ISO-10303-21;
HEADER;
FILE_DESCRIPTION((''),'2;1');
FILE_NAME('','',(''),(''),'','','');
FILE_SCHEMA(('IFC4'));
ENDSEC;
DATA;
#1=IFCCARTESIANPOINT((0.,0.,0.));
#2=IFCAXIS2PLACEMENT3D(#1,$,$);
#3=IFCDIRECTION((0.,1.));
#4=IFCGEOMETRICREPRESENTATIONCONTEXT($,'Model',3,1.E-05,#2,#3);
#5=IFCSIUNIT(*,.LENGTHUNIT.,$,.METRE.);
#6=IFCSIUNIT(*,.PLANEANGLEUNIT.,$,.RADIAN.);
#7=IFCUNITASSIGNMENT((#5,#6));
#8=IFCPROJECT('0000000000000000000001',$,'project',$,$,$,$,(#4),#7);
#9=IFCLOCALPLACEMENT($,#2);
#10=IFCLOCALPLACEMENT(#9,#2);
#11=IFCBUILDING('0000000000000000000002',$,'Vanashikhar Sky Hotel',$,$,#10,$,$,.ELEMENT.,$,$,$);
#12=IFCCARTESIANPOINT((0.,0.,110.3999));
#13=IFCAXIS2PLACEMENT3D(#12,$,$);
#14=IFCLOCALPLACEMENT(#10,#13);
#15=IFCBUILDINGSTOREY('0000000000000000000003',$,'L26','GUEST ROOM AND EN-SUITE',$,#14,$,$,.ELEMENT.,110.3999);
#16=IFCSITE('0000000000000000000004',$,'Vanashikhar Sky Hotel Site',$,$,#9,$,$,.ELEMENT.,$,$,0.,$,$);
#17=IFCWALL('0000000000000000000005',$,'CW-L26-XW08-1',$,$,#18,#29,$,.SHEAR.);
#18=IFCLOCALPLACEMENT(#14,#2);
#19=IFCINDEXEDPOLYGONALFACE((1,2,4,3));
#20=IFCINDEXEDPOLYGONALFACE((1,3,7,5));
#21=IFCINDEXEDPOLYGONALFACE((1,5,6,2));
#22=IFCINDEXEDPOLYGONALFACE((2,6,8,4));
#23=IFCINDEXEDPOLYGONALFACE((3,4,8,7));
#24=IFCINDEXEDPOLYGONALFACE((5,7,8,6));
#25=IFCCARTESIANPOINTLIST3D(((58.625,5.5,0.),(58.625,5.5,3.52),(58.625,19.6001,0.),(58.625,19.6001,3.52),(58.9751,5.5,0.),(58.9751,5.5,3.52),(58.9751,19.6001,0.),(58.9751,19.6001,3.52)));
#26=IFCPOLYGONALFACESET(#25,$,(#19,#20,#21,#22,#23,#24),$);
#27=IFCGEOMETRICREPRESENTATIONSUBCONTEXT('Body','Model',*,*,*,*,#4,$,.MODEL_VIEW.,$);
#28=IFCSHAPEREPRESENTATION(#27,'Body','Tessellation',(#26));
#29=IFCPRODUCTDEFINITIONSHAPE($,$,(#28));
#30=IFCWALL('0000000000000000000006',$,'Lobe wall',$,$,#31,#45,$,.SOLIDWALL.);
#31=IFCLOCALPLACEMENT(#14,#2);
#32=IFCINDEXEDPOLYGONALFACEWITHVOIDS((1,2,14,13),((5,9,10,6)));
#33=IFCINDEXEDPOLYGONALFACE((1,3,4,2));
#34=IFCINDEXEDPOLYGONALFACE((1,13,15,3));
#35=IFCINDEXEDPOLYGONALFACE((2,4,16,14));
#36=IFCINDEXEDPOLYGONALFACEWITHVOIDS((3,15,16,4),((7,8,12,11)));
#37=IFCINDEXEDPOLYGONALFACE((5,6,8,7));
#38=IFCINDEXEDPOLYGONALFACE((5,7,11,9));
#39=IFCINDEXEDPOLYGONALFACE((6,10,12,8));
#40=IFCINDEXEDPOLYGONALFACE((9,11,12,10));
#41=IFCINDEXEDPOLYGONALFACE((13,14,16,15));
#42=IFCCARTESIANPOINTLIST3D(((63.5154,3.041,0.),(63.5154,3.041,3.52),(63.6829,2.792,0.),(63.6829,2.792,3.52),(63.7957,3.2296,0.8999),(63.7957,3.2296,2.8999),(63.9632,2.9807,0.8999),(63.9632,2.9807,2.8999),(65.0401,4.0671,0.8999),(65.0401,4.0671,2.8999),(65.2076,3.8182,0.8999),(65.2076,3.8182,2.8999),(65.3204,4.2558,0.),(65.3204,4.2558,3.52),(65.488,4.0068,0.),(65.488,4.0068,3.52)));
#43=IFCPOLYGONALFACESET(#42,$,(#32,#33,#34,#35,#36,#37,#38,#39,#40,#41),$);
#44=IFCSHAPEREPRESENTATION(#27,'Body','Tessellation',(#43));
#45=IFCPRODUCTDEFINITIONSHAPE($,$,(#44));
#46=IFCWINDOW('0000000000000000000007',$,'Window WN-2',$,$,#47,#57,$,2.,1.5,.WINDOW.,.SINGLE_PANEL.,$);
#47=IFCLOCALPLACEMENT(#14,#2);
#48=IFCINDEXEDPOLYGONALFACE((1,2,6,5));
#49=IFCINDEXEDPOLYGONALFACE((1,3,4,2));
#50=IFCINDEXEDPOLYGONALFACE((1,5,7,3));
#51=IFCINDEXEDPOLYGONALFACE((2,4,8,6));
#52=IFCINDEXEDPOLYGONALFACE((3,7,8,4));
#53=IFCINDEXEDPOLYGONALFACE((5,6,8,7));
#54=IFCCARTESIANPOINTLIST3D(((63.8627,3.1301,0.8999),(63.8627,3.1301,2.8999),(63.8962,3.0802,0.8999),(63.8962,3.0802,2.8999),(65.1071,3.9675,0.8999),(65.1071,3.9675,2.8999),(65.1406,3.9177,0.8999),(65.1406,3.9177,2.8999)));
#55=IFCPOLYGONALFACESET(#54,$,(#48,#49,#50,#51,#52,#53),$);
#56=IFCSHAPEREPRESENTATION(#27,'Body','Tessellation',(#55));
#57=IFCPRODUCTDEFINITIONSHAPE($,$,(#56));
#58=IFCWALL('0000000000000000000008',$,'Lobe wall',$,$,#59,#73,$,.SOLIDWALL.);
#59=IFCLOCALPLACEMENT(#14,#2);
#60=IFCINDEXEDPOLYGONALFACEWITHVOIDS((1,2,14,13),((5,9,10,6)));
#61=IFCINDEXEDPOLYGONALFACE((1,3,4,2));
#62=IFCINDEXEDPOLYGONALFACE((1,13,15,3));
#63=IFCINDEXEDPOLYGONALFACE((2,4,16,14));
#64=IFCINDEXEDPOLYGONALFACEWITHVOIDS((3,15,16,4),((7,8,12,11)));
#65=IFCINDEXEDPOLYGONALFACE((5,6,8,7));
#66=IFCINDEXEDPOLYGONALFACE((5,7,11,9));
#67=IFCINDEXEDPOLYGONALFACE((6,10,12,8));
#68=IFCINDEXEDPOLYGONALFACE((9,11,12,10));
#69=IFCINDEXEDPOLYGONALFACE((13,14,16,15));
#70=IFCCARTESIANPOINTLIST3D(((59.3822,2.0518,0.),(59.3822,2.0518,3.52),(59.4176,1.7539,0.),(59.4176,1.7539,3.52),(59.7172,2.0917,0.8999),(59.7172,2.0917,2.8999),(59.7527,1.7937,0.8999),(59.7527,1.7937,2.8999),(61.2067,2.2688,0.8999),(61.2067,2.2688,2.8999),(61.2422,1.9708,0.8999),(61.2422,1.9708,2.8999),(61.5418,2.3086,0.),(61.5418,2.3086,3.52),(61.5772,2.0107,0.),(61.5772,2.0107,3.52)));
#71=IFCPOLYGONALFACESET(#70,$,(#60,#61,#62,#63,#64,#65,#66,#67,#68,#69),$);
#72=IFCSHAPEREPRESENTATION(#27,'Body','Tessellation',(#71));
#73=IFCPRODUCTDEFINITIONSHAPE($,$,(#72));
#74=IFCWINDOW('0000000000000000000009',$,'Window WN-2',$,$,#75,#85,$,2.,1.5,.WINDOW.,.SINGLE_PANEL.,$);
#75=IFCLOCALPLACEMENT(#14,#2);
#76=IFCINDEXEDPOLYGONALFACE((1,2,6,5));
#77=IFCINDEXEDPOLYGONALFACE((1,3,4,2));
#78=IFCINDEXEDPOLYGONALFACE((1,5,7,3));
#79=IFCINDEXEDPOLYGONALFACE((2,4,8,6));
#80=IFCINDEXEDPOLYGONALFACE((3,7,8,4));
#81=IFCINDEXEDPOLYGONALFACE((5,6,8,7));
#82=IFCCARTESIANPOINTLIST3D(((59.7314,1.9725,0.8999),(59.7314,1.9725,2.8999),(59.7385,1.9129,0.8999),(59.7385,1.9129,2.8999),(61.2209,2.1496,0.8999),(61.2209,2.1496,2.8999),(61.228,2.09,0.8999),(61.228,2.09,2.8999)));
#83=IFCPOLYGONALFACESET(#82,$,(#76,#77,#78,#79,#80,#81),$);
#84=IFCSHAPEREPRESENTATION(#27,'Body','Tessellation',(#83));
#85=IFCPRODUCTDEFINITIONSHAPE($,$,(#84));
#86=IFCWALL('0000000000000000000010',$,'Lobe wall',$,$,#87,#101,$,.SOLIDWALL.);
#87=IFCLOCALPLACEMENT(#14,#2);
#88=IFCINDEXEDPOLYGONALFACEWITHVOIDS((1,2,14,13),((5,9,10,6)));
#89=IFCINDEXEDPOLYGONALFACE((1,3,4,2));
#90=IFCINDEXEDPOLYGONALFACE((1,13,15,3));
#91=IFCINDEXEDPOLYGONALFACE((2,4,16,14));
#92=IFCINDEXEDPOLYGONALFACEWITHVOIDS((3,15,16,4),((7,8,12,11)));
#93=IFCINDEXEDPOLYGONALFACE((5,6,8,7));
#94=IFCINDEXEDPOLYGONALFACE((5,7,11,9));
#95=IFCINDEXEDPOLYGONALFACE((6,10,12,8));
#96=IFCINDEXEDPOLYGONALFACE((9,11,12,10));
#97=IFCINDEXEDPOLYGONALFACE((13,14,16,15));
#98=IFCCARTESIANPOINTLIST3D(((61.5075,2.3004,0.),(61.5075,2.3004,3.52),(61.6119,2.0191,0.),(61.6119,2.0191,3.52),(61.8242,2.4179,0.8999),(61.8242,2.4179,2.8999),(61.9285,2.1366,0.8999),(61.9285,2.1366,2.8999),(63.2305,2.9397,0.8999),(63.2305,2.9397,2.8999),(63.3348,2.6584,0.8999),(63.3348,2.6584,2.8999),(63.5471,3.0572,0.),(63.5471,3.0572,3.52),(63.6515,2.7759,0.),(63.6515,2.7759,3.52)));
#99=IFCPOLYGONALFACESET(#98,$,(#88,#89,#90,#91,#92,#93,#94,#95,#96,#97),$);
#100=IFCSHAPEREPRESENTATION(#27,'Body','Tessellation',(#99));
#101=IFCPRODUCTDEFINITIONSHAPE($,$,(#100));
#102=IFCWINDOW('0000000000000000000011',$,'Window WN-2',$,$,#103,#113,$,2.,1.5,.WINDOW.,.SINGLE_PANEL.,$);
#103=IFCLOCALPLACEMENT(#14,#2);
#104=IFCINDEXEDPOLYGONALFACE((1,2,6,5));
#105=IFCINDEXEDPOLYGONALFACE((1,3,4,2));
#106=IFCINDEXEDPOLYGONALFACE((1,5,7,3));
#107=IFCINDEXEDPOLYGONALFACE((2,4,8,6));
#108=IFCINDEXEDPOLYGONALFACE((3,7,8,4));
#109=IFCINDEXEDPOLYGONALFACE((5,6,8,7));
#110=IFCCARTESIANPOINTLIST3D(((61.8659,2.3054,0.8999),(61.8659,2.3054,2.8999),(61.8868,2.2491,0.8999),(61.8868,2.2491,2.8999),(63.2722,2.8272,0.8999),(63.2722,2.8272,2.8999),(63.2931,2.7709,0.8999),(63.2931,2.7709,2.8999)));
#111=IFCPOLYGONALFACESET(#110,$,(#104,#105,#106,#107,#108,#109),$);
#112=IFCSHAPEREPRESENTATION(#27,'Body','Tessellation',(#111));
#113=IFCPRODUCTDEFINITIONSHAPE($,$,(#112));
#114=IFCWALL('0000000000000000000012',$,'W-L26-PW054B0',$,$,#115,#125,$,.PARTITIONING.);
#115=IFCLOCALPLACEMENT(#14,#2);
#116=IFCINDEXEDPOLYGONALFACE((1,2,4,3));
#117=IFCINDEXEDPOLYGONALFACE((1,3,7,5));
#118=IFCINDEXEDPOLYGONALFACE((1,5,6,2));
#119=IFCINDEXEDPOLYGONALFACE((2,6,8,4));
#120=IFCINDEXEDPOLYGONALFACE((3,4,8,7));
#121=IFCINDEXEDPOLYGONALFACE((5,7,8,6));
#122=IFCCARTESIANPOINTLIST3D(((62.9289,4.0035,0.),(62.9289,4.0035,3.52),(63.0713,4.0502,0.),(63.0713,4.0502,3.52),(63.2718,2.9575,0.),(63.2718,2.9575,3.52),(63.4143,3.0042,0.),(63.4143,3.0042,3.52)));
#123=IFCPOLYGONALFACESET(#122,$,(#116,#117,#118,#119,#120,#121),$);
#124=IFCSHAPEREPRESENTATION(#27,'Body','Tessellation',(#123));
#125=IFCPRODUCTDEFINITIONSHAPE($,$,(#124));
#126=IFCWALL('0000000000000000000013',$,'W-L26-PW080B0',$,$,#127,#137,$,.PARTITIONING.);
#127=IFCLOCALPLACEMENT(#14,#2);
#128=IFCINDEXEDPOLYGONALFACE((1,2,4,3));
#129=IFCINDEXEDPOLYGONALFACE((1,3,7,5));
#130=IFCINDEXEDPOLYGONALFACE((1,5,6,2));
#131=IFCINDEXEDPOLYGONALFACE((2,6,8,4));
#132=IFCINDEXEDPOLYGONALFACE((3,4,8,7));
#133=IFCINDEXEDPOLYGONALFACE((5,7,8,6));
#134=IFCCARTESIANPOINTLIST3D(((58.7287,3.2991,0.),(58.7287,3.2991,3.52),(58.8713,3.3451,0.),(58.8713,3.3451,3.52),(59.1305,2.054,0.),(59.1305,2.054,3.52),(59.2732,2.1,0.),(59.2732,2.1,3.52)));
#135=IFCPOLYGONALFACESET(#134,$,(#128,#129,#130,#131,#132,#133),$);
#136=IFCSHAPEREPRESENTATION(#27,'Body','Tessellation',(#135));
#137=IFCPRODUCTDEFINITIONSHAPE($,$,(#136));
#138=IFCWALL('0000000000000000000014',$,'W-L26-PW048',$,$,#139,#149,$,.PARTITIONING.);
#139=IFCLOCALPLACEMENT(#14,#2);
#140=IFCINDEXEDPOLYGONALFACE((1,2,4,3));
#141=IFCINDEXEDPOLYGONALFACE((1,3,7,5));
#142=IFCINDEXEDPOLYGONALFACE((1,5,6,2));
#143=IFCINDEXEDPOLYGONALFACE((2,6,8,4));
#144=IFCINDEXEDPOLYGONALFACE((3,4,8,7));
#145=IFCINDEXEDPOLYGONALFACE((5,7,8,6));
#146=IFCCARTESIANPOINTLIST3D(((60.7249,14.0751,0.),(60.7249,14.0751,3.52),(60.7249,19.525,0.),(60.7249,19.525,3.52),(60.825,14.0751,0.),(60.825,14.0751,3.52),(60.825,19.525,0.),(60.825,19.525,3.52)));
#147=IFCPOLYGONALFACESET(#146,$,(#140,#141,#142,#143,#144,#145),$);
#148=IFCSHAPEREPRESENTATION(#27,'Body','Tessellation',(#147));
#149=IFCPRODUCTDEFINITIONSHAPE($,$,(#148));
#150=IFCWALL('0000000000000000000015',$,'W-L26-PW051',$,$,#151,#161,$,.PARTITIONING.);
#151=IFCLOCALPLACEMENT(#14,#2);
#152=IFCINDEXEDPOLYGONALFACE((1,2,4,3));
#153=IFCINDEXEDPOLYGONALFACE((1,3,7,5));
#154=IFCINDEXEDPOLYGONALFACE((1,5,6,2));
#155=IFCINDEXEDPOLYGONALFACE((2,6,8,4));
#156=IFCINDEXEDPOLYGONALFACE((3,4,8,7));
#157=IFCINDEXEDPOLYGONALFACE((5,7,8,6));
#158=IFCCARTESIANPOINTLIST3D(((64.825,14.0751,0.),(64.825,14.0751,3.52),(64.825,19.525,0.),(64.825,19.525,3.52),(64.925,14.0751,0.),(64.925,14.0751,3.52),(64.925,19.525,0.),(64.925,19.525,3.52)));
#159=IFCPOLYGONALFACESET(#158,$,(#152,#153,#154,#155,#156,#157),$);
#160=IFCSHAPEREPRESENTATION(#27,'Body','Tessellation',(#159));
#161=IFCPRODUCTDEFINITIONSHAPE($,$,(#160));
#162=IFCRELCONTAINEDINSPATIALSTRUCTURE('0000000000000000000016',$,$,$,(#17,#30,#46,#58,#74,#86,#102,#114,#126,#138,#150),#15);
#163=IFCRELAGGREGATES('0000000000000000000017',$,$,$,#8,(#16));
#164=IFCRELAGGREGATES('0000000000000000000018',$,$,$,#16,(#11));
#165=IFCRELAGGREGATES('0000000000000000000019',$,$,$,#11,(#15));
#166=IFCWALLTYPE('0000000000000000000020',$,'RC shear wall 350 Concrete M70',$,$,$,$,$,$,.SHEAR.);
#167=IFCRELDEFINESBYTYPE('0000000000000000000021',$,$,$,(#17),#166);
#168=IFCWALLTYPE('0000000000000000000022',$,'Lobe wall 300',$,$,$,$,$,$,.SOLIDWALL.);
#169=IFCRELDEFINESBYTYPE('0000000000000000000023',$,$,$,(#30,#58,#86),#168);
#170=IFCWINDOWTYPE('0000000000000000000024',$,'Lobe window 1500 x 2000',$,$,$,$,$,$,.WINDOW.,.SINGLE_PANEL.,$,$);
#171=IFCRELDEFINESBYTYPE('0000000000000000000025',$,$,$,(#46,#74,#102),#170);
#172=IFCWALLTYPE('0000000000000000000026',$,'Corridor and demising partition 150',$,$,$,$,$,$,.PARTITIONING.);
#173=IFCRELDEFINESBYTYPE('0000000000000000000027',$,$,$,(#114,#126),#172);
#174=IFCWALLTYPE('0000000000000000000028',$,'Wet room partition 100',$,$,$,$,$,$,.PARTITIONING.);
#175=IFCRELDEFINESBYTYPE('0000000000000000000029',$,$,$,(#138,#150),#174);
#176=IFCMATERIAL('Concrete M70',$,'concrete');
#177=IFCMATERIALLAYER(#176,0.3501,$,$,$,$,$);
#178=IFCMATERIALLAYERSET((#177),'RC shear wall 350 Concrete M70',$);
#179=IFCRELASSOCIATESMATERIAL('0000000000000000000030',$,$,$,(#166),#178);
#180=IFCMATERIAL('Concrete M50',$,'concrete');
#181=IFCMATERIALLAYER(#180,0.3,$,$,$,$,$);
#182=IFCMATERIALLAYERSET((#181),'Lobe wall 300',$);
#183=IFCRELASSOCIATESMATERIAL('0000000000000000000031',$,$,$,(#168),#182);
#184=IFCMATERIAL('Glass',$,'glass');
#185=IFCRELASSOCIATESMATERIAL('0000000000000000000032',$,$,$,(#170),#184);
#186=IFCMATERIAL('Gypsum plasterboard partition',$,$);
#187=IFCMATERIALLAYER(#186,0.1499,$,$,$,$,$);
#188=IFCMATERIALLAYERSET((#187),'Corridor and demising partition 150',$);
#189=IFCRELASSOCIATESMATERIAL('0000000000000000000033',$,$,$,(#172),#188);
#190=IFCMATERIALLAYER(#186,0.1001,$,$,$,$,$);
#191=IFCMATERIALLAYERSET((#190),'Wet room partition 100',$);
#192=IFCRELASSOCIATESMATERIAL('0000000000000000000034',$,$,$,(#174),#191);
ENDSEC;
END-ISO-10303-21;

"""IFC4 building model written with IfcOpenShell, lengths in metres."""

from ifc_helpers import new_model, si_unit, direction, frame, frame_2d, origin, place, context, subcontext, project, spatial, rectangle, extrude, source, transform, mapped, material, layer, layer_set, type_object, element, fill, save


model = new_model("IFC4")

# Units and contexts
model_context = context("Model", 3, precision=1e-05, world=origin(), true_north=direction((0.0, 1.0)))
body_context = subcontext(model_context, "Body", "Model", "MODEL_VIEW")
ifc_project = project(units=[si_unit("LENGTHUNIT", "METRE"), si_unit("PLANEANGLEUNIT", "RADIAN")], contexts=[model_context])

# Site, building, storey
site_placement = place(None, origin())
site = spatial("IfcSite", under=ifc_project, at=site_placement, Name="Vanashikhar Sky Hotel Site", CompositionType="ELEMENT", RefElevation=0.0)
building_placement = place(site_placement, origin())
building = spatial("IfcBuilding", under=site, at=building_placement, Name="Vanashikhar Sky Hotel", CompositionType="ELEMENT")
storey_placement = place(building_placement, frame((0.0, 0.0, 110.3999)))
storey = spatial("IfcBuildingStorey", under=building, at=storey_placement, Name="L26", Description="GUEST ROOM AND EN-SUITE", CompositionType="ELEMENT", Elevation=110.3999)

# Wall
ifc_material_1 = material(Name="Concrete M70", Category="concrete")
ifc_layer_1 = layer(ifc_material_1, 0.3501)
ifc_layer_set_1 = layer_set([ifc_layer_1], Name="RC shear wall 350 Concrete M70")
wall_type_1 = type_object("IfcWallType", Name="RC shear wall 350 Concrete M70", PredefinedType="SHEAR", material=ifc_layer_set_1)
shared_shape_1 = source(origin(), body_context, "Body", "SweptSolid", [
    extrude(rectangle(XDim=14.1001, YDim=0.3501, at=frame_2d((7.05, 0.0))), origin(), (0.0, 0.0, 1.0), 3.52),
])
wall_1_placement = place(storey_placement, frame((58.8, 5.5, 0.0), z_axis=(0.0, 0.0, 1.0), x_axis=(0.0, 1.0, 0.0)))
element("IfcWall", 1, at=wall_1_placement, inside=storey, type_object=wall_type_1, Name="CW-L26-XW08-1", PredefinedType="SHEAR", context=body_context, shape_type="MappedRepresentation", body=[
    mapped(shared_shape_1, transform((0.0, 0.0, 0.0), scale=1.0)),
])

# Walls, openings, windows
ifc_material_2 = material(Name="Concrete M50", Category="concrete")
ifc_layer_2 = layer(ifc_material_2, 0.3)
ifc_layer_set_2 = layer_set([ifc_layer_2], Name="Lobe wall 300")
wall_type_2 = type_object("IfcWallType", Name="Lobe wall 300", PredefinedType="SOLIDWALL", material=ifc_layer_set_2)
shared_shape_2 = source(origin(), body_context, "Body", "SweptSolid", [
    extrude(rectangle(XDim=2.1758, YDim=0.3, at=frame_2d((1.0879, 0.0))), origin(), (0.0, 0.0, 1.0), 3.52),
])
wall_2_placement = place(storey_placement, frame((63.5991, 2.9165, 0.0), z_axis=(0.0, 0.0, 1.0), x_axis=(0.829626, 0.55832, 0.0)))
wall_2 = element("IfcWall", 2, at=wall_2_placement, inside=storey, type_object=wall_type_2, Name="Lobe wall", PredefinedType="SOLIDWALL", context=body_context, shape_type="MappedRepresentation", body=[
    mapped(shared_shape_2, transform((0.0, 0.0, 0.0), scale=1.0)),
])
shared_shape_3 = source(origin(), body_context, "Body", "SweptSolid", [
    extrude(rectangle(XDim=1.5, YDim=2.0, at=frame_2d((0.75, 1.0))), frame((0.0, 0.1602, 0.0), z_axis=(0.0, -1.0, 0.0), x_axis=(1.0, 0.0, 0.0)), (0.0, 0.0, 1.0), 0.3201),
])
opening_1_placement = place(wall_2_placement, frame((0.3379, 0.0, 0.8999)))
opening_1 = element("IfcOpeningElement", 3, at=opening_1_placement, cuts=wall_2, PredefinedType="OPENING", context=body_context, shape_type="MappedRepresentation", body=[
    mapped(shared_shape_3, transform((0.0, 0.0, 0.0), scale=1.0)),
])
ifc_material_3 = material(Name="Glass", Category="glass")
window_type = type_object("IfcWindowType", Name="Lobe window 1500 x 2000", PartitioningType="SINGLE_PANEL", PredefinedType="WINDOW", material=ifc_material_3)
shared_shape_4 = source(origin(), body_context, "Body", "SweptSolid", [
    extrude(rectangle(XDim=1.5, YDim=2.0, at=frame_2d((0.75, 1.0))), frame((0.0, 0.03, 0.0), z_axis=(0.0, -1.0, 0.0), x_axis=(1.0, 0.0, 0.0)), (0.0, 0.0, 1.0), 0.0601),
])
window_1_placement = place(opening_1_placement, origin())
window_1 = element("IfcWindow", 4, at=window_1_placement, inside=storey, type_object=window_type, Name="Window WN-2", OverallHeight=2.0, OverallWidth=1.5, PartitioningType="SINGLE_PANEL", PredefinedType="WINDOW", context=body_context, shape_type="MappedRepresentation", body=[
    mapped(shared_shape_4, transform((0.0, 0.0, 0.0), scale=1.0)),
])
fill(opening_1, window_1)
shared_shape_5 = source(origin(), body_context, "Body", "SweptSolid", [
    extrude(rectangle(XDim=2.1748, YDim=0.3, at=frame_2d((1.0874, 0.0))), origin(), (0.0, 0.0, 1.0), 3.52),
])
wall_3_placement = place(storey_placement, frame((59.3999, 1.9028, 0.0), z_axis=(0.0, 0.0, 1.0), x_axis=(0.993003, 0.118092, 0.0)))
wall_3 = element("IfcWall", 5, at=wall_3_placement, inside=storey, type_object=wall_type_2, Name="Lobe wall", PredefinedType="SOLIDWALL", context=body_context, shape_type="MappedRepresentation", body=[
    mapped(shared_shape_5, transform((0.0, 0.0, 0.0), scale=1.0)),
])
opening_2_placement = place(wall_3_placement, frame((0.3374, 0.0, 0.8999)))
opening_2 = element("IfcOpeningElement", 6, at=opening_2_placement, cuts=wall_3, PredefinedType="OPENING", context=body_context, shape_type="MappedRepresentation", body=[
    mapped(shared_shape_3, transform((0.0, 0.0, 0.0), scale=1.0)),
])
window_2_placement = place(opening_2_placement, origin())
window_2 = element("IfcWindow", 7, at=window_2_placement, inside=storey, type_object=window_type, Name="Window WN-2", OverallHeight=2.0, OverallWidth=1.5, PartitioningType="SINGLE_PANEL", PredefinedType="WINDOW", context=body_context, shape_type="MappedRepresentation", body=[
    mapped(shared_shape_4, transform((0.0, 0.0, 0.0), scale=1.0)),
])
fill(opening_2, window_2)
shared_shape_6 = source(origin(), body_context, "Body", "SweptSolid", [
    extrude(rectangle(XDim=2.1755, YDim=0.3, at=frame_2d((1.0879, 0.0))), origin(), (0.0, 0.0, 1.0), 3.52),
])
wall_4_placement = place(storey_placement, frame((61.5596, 2.1597, 0.0), z_axis=(0.0, 0.0, 1.0), x_axis=(0.937532, 0.347899, 0.0)))
wall_4 = element("IfcWall", 8, at=wall_4_placement, inside=storey, type_object=wall_type_2, Name="Lobe wall", PredefinedType="SOLIDWALL", context=body_context, shape_type="MappedRepresentation", body=[
    mapped(shared_shape_6, transform((0.0, 0.0, 0.0), scale=1.0)),
])
opening_3_placement = place(wall_4_placement, frame((0.3379, 0.0, 0.8999)))
opening_3 = element("IfcOpeningElement", 9, at=opening_3_placement, cuts=wall_4, PredefinedType="OPENING", context=body_context, shape_type="MappedRepresentation", body=[
    mapped(shared_shape_3, transform((0.0, 0.0, 0.0), scale=1.0)),
])
window_3_placement = place(opening_3_placement, origin())
window_3 = element("IfcWindow", 10, at=window_3_placement, inside=storey, type_object=window_type, Name="Window WN-2", OverallHeight=2.0, OverallWidth=1.5, PartitioningType="SINGLE_PANEL", PredefinedType="WINDOW", context=body_context, shape_type="MappedRepresentation", body=[
    mapped(shared_shape_4, transform((0.0, 0.0, 0.0), scale=1.0)),
])
fill(opening_3, window_3)

# Walls
ifc_material_4 = material(Name="Gypsum plasterboard partition")
ifc_layer_3 = layer(ifc_material_4, 0.1499)
ifc_layer_set_3 = layer_set([ifc_layer_3], Name="Corridor and demising partition 150")
wall_type_3 = type_object("IfcWallType", Name="Corridor and demising partition 150", PredefinedType="PARTITIONING", material=ifc_layer_set_3)
shared_shape_7 = source(origin(), body_context, "Body", "SweptSolid", [
    extrude(rectangle(XDim=1.1008, YDim=0.1499, at=frame_2d((0.5503, 0.0))), origin(), (0.0, 0.0, 1.0), 3.52),
])
wall_5_placement = place(storey_placement, frame((63.343, 2.981, 0.0), z_axis=(0.0, 0.0, 1.0), x_axis=(-0.311567, 0.950224, 0.0)))
element("IfcWall", 11, at=wall_5_placement, inside=storey, type_object=wall_type_3, Name="W-L26-PW054B0", PredefinedType="PARTITIONING", context=body_context, shape_type="MappedRepresentation", body=[
    mapped(shared_shape_7, transform((0.0, 0.0, 0.0), scale=1.0)),
])
shared_shape_8 = source(origin(), body_context, "Body", "SweptSolid", [
    extrude(rectangle(XDim=1.3083, YDim=0.1499, at=frame_2d((0.6543, 0.0))), origin(), (0.0, 0.0, 1.0), 3.52),
])
wall_6_placement = place(storey_placement, frame((59.2019, 2.0769, 0.0), z_axis=(0.0, 0.0, 1.0), x_axis=(-0.307145, 0.951663, 0.0)))
element("IfcWall", 12, at=wall_6_placement, inside=storey, type_object=wall_type_3, Name="W-L26-PW080B0", PredefinedType="PARTITIONING", context=body_context, shape_type="MappedRepresentation", body=[
    mapped(shared_shape_8, transform((0.0, 0.0, 0.0), scale=1.0)),
])
ifc_layer_4 = layer(ifc_material_4, 0.1001)
ifc_layer_set_4 = layer_set([ifc_layer_4], Name="Wet room partition 100")
wall_type_4 = type_object("IfcWallType", Name="Wet room partition 100", PredefinedType="PARTITIONING", material=ifc_layer_set_4)
shared_shape_9 = source(origin(), body_context, "Body", "SweptSolid", [
    extrude(rectangle(XDim=5.45, YDim=0.1001, at=frame_2d((2.7251, 0.0))), origin(), (0.0, 0.0, 1.0), 3.52),
])
for number, where, z_axis, x_axis, name in (
    (13, (60.7749, 14.075, 0.0), (0.0, 0.0, 1.0), (0.0, 1.0, 0.0), "W-L26-PW048"),
    (14, (64.875, 14.075, 0.0), (0.0, 0.0, 1.0), (0.0, 1.0, 0.0), "W-L26-PW051"),
):
    element("IfcWall", number, at=place(storey_placement, frame(where, z_axis=z_axis, x_axis=x_axis)), inside=storey, type_object=wall_type_4, Name=name, PredefinedType="PARTITIONING", context=body_context, shape_type="MappedRepresentation", body=[
        mapped(shared_shape_9, transform((0.0, 0.0, 0.0), scale=1.0)),
    ])

save(model, "model.ifc")
